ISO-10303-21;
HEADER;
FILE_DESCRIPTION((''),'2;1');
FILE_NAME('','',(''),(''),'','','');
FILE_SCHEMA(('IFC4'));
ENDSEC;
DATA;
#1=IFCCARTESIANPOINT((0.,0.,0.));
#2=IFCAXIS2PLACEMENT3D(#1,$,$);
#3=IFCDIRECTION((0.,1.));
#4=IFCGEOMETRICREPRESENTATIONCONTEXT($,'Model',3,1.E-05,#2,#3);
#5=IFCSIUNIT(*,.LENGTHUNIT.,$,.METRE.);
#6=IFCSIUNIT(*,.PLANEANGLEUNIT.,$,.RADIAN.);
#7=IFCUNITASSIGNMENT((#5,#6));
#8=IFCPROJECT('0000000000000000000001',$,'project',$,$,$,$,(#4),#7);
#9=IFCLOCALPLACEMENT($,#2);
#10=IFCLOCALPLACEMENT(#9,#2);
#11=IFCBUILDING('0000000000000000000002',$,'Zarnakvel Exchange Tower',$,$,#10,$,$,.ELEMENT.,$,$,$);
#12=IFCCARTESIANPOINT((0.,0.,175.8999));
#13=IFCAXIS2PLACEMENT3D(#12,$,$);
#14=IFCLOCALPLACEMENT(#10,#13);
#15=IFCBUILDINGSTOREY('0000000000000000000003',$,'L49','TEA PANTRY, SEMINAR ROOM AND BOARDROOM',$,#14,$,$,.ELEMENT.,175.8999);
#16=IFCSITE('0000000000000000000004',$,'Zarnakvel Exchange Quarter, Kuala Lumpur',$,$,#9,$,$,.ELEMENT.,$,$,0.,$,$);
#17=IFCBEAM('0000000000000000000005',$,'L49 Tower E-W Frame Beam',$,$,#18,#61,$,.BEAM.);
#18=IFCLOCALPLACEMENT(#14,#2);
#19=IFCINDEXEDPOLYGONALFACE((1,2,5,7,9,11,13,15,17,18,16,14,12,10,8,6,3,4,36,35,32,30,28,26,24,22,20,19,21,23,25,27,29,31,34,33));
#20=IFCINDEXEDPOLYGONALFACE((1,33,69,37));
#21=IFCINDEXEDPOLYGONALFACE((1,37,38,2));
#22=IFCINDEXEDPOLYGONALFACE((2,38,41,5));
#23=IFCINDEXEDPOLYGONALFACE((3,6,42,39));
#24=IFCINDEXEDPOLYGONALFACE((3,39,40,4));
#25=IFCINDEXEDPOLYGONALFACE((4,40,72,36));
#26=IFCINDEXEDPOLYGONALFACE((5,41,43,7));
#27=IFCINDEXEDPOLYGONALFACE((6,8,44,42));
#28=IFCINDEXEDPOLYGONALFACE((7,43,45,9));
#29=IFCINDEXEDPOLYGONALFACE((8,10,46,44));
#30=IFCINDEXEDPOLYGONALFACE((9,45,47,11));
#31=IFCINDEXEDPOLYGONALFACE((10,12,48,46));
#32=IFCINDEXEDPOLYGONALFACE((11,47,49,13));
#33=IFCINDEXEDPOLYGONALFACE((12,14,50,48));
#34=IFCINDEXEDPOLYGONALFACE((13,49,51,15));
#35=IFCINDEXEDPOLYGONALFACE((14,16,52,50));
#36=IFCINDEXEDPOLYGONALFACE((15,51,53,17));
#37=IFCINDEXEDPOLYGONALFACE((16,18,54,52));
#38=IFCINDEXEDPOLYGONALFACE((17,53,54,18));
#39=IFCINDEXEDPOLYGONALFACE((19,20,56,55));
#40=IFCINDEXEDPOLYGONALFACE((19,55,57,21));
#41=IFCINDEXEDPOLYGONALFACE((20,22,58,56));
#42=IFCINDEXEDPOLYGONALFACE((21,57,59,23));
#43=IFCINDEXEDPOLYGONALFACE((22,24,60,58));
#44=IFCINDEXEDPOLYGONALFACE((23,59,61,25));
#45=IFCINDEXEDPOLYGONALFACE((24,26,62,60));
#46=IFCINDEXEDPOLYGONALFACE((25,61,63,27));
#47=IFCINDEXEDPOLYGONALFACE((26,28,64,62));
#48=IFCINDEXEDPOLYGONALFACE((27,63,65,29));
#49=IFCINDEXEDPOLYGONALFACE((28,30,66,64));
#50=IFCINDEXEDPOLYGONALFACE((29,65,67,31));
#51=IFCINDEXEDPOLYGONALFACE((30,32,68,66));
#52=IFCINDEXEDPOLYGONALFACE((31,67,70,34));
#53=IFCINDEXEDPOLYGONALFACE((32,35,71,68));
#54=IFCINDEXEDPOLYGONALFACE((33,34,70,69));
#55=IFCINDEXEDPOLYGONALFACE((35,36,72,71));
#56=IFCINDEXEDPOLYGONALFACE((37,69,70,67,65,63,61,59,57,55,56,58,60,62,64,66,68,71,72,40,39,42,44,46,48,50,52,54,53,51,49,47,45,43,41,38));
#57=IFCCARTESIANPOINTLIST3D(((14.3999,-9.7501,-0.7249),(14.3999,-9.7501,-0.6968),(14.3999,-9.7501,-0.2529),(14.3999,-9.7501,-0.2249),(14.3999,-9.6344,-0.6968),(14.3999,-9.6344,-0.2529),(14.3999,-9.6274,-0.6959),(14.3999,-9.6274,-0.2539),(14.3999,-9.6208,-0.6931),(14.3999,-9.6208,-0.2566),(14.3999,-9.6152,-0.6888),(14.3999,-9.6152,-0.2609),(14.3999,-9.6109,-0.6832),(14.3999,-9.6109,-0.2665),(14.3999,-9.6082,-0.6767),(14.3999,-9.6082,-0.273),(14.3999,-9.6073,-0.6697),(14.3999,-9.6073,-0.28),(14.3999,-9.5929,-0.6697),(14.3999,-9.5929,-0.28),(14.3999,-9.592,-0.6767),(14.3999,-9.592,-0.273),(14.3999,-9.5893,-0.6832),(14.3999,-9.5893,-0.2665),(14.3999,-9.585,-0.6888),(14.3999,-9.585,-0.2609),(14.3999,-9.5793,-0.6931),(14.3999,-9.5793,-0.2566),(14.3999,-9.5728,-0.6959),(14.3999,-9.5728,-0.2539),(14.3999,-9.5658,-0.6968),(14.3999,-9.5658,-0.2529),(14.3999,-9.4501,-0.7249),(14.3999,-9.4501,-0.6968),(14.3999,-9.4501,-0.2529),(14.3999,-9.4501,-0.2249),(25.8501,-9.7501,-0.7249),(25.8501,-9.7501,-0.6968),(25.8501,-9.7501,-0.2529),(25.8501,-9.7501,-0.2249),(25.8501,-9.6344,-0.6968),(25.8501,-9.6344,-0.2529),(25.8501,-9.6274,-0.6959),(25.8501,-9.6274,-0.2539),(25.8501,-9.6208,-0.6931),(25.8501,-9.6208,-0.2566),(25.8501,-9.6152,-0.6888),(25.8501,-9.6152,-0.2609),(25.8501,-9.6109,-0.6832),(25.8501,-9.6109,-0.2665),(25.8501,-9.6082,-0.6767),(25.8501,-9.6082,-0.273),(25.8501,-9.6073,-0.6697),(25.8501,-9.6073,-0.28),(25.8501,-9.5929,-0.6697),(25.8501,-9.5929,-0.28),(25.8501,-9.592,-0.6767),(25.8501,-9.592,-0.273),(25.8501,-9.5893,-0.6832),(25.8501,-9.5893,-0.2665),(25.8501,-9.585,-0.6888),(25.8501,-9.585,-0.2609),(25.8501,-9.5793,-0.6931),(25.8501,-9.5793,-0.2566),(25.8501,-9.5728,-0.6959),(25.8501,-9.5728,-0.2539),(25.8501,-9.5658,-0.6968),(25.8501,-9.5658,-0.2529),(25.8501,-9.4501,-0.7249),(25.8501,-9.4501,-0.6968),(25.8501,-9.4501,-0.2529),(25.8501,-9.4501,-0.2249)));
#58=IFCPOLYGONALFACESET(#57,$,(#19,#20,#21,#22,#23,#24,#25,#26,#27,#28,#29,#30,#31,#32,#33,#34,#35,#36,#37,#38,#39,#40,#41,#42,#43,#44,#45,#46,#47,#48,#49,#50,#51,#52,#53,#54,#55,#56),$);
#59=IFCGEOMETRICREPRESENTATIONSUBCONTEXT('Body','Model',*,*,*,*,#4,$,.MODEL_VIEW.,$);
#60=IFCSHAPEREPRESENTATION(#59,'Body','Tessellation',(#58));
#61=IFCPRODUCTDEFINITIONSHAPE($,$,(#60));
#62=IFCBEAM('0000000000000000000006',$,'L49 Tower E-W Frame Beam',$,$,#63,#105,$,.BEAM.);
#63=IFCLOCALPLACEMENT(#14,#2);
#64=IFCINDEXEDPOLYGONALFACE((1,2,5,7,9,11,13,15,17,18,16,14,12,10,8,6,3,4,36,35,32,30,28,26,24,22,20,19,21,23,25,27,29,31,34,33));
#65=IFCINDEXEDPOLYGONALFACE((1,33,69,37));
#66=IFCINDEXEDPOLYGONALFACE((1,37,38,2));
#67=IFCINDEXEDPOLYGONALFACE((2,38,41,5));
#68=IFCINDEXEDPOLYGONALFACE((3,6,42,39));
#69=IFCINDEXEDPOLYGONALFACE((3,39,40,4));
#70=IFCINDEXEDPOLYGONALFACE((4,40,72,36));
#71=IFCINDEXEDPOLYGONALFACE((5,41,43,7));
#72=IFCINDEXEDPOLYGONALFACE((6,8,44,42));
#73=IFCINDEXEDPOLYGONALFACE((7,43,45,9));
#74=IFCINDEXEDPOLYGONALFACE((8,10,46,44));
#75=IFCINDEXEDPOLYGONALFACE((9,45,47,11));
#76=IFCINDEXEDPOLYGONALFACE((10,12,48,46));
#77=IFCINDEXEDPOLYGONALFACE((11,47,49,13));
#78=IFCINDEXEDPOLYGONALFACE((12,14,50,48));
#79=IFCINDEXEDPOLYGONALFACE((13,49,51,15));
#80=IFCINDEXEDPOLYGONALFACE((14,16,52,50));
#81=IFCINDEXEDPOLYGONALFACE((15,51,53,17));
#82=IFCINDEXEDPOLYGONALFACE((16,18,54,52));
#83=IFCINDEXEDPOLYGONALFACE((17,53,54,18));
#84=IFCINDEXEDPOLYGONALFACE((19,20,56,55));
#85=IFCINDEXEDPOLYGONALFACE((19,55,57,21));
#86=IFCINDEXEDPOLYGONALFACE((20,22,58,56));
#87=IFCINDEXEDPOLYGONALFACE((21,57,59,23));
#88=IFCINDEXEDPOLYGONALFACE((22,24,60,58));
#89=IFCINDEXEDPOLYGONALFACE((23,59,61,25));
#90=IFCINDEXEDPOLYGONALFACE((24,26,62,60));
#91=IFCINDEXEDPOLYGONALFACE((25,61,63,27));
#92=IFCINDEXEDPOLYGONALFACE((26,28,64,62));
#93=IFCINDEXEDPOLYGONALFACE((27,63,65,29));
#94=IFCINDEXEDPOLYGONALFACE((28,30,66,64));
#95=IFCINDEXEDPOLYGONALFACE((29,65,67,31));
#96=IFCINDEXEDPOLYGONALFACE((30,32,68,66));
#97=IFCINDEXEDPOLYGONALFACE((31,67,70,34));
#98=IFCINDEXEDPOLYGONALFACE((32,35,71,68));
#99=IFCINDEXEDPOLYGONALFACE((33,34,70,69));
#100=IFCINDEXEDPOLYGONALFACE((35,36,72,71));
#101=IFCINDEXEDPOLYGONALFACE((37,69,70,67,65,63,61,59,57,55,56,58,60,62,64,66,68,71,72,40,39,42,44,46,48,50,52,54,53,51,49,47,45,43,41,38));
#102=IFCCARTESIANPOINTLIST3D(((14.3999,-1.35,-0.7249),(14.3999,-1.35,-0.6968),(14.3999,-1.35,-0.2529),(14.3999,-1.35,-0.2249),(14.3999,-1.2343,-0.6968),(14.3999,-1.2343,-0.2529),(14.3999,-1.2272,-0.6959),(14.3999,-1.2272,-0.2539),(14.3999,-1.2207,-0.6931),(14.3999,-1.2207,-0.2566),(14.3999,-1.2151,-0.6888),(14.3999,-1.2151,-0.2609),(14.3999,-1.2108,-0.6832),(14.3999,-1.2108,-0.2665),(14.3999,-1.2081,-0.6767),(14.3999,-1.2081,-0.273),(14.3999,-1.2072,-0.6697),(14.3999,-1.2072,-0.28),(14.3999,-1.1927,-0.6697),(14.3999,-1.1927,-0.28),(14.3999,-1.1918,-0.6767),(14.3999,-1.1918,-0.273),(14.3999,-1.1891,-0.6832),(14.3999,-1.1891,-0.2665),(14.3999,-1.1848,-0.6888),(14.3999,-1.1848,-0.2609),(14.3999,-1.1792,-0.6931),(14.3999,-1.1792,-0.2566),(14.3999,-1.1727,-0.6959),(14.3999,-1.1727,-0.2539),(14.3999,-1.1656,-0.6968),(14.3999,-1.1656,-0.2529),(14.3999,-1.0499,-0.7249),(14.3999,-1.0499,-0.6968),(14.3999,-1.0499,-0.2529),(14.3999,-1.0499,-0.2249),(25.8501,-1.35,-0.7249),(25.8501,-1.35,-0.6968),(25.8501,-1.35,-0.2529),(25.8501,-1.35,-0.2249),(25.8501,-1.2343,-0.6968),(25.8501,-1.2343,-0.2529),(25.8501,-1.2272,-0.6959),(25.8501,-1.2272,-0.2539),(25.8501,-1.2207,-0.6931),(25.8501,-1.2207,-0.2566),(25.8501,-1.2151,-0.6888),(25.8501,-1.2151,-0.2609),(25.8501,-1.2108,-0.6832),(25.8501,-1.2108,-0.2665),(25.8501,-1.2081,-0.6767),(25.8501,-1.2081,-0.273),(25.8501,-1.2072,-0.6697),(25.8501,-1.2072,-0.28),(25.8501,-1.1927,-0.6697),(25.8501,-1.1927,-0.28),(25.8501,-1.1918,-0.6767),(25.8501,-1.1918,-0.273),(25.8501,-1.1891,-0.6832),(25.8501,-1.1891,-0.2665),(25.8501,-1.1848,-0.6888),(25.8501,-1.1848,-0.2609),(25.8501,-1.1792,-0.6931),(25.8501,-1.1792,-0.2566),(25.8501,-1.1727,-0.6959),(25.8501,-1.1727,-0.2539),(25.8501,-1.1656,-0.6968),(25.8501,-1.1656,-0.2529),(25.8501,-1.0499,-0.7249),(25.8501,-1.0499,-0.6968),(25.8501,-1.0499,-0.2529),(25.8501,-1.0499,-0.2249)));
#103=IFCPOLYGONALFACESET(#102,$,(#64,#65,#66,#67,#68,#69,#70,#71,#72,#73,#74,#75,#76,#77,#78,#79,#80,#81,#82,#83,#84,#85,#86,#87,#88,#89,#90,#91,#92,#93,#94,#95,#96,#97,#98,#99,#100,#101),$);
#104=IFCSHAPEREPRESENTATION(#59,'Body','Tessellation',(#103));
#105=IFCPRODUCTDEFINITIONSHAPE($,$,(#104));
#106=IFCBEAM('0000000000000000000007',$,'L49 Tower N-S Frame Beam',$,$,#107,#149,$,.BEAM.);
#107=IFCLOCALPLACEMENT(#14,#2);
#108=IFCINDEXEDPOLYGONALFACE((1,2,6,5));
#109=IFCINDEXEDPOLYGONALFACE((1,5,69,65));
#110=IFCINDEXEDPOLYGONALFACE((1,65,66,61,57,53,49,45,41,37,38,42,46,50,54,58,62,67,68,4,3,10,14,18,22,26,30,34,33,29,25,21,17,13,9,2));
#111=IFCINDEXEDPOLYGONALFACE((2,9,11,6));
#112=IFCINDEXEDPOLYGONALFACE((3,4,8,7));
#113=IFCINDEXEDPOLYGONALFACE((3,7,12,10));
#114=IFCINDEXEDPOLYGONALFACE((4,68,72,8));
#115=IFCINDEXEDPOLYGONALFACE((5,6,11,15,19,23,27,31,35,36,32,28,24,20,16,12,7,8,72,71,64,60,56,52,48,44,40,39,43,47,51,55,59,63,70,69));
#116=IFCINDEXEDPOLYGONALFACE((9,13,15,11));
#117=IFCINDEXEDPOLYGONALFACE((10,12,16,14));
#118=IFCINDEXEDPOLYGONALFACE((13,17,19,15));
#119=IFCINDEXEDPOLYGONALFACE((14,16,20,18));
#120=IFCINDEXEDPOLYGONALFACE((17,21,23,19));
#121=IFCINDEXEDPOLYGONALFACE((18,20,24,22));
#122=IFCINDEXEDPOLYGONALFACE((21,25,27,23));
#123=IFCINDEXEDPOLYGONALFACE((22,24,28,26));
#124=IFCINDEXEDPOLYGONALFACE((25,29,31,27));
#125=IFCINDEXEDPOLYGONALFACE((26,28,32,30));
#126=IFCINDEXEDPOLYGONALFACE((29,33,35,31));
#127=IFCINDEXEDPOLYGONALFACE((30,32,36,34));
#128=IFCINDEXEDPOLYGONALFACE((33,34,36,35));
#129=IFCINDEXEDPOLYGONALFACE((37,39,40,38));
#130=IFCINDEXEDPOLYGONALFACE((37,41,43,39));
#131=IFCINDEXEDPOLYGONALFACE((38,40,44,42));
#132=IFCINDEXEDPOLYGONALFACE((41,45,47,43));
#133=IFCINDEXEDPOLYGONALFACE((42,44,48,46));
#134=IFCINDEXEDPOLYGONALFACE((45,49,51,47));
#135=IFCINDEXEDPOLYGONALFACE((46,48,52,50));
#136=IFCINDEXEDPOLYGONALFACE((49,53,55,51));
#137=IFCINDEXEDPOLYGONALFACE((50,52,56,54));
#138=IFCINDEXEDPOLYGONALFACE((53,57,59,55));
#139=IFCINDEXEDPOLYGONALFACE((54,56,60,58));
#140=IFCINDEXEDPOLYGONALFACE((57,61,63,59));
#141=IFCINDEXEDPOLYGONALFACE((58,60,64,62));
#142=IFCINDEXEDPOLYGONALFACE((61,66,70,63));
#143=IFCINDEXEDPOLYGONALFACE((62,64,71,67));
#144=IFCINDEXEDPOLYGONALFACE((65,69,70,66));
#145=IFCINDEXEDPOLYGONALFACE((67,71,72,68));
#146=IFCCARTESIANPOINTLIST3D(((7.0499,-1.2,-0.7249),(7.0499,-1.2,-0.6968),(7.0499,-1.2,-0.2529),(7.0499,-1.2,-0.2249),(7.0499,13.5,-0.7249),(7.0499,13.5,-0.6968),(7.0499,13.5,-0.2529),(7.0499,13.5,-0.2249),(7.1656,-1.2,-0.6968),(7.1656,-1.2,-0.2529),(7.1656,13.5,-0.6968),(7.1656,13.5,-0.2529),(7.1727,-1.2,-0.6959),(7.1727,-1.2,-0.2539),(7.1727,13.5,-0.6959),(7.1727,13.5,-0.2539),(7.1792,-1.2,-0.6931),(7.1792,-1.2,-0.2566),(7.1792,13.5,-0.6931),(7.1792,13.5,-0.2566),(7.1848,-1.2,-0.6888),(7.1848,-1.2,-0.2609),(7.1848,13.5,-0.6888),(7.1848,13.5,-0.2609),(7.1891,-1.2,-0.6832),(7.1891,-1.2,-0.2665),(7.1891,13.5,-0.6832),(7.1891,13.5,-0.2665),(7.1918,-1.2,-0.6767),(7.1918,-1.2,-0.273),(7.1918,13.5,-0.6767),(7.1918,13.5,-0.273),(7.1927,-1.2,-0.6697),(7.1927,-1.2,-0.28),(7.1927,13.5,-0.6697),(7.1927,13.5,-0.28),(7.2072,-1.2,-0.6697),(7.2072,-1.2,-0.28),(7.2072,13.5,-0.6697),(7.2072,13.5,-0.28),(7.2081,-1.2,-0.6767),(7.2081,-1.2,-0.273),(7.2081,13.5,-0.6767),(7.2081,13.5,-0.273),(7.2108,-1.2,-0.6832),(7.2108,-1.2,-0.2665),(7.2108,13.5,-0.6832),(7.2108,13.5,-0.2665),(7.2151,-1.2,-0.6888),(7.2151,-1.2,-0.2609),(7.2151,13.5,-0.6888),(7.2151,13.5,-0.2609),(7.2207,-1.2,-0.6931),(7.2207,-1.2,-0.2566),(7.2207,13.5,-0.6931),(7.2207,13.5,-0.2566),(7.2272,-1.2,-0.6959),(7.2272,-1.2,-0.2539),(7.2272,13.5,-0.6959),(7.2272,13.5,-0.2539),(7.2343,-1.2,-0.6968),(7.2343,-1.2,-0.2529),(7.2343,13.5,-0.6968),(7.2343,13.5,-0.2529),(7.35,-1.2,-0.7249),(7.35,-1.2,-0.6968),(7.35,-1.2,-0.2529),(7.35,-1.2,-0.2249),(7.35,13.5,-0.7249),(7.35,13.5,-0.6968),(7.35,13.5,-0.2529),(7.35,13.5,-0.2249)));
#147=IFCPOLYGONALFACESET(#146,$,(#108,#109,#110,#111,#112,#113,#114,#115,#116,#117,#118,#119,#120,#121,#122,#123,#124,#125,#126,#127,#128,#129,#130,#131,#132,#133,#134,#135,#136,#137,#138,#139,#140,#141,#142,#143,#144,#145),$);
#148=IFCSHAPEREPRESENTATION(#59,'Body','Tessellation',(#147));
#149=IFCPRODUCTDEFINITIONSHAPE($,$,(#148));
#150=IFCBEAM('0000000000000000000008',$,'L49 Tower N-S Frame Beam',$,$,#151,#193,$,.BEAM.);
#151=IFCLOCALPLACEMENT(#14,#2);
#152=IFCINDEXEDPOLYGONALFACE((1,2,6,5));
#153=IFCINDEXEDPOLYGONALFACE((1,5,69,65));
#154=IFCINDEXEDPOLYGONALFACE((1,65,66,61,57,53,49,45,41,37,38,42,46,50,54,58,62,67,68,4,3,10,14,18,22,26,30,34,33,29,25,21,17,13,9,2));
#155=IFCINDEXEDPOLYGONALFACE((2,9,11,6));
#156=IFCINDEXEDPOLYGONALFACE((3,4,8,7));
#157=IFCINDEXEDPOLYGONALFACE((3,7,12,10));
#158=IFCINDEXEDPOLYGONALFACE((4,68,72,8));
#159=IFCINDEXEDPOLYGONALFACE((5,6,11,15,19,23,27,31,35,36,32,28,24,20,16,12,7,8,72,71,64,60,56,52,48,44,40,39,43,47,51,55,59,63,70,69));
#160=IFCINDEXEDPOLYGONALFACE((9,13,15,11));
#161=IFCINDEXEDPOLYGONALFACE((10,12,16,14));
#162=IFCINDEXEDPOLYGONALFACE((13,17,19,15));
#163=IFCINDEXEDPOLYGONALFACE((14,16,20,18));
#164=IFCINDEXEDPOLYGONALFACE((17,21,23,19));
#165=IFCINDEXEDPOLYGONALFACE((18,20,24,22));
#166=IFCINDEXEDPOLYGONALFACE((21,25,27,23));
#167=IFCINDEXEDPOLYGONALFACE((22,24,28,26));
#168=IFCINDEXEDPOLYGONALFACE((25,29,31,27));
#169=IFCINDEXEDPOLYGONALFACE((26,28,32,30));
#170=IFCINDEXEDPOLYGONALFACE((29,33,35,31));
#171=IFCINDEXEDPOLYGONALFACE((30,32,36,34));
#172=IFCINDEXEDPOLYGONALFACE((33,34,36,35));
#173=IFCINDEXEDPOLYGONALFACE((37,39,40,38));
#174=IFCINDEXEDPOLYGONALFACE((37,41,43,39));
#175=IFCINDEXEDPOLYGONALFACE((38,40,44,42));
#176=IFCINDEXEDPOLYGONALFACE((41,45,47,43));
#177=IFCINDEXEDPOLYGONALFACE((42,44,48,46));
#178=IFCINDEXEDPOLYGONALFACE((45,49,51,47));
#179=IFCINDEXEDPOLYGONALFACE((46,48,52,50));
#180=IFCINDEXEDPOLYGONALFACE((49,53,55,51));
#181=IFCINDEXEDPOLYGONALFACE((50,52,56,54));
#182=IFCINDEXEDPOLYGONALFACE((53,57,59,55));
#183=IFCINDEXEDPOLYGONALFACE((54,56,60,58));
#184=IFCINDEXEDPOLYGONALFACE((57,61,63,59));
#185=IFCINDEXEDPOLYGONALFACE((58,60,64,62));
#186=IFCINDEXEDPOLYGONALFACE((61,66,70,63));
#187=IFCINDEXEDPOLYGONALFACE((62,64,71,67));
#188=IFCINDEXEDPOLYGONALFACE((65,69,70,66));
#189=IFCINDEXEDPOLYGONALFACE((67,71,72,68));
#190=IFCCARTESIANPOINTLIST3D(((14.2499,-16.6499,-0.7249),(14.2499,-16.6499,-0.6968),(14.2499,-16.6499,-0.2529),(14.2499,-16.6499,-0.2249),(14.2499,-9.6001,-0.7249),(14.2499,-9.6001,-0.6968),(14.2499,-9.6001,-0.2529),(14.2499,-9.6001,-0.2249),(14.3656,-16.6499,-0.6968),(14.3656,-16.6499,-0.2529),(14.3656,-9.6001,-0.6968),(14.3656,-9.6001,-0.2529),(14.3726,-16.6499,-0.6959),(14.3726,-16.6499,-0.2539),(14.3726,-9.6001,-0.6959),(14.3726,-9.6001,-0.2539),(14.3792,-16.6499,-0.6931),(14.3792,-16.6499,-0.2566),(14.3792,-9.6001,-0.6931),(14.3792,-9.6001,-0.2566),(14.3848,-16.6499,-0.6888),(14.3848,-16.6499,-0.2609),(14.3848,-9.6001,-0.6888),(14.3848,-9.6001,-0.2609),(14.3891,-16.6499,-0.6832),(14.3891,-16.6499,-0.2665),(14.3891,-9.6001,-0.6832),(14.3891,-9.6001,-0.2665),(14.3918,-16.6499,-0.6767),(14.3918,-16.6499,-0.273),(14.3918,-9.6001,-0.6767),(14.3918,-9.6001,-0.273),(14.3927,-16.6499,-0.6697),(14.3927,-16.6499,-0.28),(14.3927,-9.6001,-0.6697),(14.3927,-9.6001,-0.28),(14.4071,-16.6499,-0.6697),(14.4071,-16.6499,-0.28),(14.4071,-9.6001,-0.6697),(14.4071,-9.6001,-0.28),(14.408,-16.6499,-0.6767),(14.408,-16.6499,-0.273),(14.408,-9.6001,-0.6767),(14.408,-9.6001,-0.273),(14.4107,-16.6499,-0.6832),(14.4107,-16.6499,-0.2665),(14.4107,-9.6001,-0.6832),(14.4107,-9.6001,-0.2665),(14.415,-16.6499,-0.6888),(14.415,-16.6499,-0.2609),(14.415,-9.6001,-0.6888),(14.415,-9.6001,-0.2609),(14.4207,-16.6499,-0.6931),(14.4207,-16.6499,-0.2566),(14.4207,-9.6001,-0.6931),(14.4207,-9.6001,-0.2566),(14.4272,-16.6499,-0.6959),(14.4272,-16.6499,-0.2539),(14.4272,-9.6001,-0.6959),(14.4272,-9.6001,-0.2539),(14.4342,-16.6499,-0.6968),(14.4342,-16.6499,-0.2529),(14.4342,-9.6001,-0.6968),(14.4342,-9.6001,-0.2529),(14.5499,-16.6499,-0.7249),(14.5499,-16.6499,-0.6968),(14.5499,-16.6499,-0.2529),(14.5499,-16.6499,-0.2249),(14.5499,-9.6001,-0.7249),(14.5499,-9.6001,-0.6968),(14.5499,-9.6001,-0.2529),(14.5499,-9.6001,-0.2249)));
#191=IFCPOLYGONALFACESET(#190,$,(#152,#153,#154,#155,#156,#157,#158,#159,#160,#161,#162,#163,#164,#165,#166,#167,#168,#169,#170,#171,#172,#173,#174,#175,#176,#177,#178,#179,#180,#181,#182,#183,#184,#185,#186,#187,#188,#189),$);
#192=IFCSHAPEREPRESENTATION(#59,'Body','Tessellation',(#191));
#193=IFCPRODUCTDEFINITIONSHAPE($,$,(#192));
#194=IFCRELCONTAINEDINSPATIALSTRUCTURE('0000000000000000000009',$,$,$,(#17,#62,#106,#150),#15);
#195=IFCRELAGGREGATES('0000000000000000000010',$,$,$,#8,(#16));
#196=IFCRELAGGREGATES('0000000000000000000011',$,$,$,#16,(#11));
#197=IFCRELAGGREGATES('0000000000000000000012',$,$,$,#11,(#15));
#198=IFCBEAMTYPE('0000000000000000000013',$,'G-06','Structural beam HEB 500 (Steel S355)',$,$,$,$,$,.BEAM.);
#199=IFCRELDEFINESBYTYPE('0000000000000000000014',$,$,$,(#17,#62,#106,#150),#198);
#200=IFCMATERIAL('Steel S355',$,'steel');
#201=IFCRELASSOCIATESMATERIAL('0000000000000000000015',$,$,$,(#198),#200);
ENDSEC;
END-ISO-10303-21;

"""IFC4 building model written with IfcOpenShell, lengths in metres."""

from ifc_helpers import new_model, si_unit, direction, frame, origin, origin_2d, place, context, subcontext, project, spatial, i_section, extrude, material, material_profile, profile_set, type_object, element, save


model = new_model("IFC4")

# Units and contexts
model_context = context("Model", 3, precision=1e-05, world=origin(), true_north=direction((0.0, 1.0)))
body_context = subcontext(model_context, "Body", "Model", "MODEL_VIEW")
ifc_project = project(units=[si_unit("LENGTHUNIT", "METRE"), si_unit("PLANEANGLEUNIT", "RADIAN")], contexts=[model_context])

# Site, building, storey
site_placement = place(None, origin())
site = spatial("IfcSite", under=ifc_project, at=site_placement, Name="Zarnakvel Exchange Quarter, Kuala Lumpur", CompositionType="ELEMENT", RefElevation=0.0)
building_placement = place(site_placement, origin())
building = spatial("IfcBuilding", under=site, at=building_placement, Name="Zarnakvel Exchange Tower", CompositionType="ELEMENT")
storey_placement = place(building_placement, frame((0.0, 0.0, 175.8999)))
storey = spatial("IfcBuildingStorey", under=building, at=storey_placement, Name="L49", Description="TEA PANTRY, SEMINAR ROOM AND BOARDROOM", CompositionType="ELEMENT", Elevation=175.8999)

# Beams
ifc_material_1 = material(Name="Steel S355", Category="steel")
ifc_material_profile_1 = material_profile(ifc_material_1, i_section(OverallWidth=0.3, OverallDepth=0.5, WebThickness=0.0144, FlangeThickness=0.0281, FilletRadius=0.0271, at=origin_2d()))
ifc_profile_set_1 = profile_set([ifc_material_profile_1], Name="Steel S355")
beam_type_1 = type_object("IfcBeamType", Name="G-06", Description="Structural beam HEB 500 (Steel S355)", PredefinedType="BEAM", material=ifc_profile_set_1)
for number, where, z_axis, x_axis, name in (
    (1, (14.3999, -9.6001, -0.4749), (1.0, 0.0, 0.0), (0.0, 1.0, 0.0), "L49 Tower E-W Frame Beam"),
    (2, (14.3999, -1.2, -0.4749), (1.0, 0.0, 0.0), (0.0, 1.0, 0.0), "L49 Tower E-W Frame Beam"),
):
    element("IfcBeam", number, at=place(storey_placement, frame(where, z_axis=z_axis, x_axis=x_axis)), inside=storey, type_object=beam_type_1, Name=name, PredefinedType="BEAM", context=body_context, shape_type="SweptSolid", body=[
        extrude(i_section(OverallWidth=0.3, OverallDepth=0.5, WebThickness=0.0144, FlangeThickness=0.0281, FilletRadius=0.0271, at=origin_2d()), origin(), (0.0, 0.0, 1.0), 11.4502),
    ])
beam_1_placement = place(storey_placement, frame((7.2, -1.2, -0.4749), z_axis=(0.0, 1.0, 0.0), x_axis=(-1.0, 0.0, 0.0)))
element("IfcBeam", 3, at=beam_1_placement, inside=storey, type_object=beam_type_1, Name="L49 Tower N-S Frame Beam", PredefinedType="BEAM", context=body_context, shape_type="SweptSolid", body=[
    extrude(i_section(OverallWidth=0.3, OverallDepth=0.5, WebThickness=0.0144, FlangeThickness=0.0281, FilletRadius=0.0271, at=origin_2d()), origin(), (0.0, 0.0, 1.0), 14.7),
])
beam_2_placement = place(storey_placement, frame((14.3999, -16.6499, -0.4749), z_axis=(0.0, 1.0, 0.0), x_axis=(-1.0, 0.0, 0.0)))
element("IfcBeam", 4, at=beam_2_placement, inside=storey, type_object=beam_type_1, Name="L49 Tower N-S Frame Beam", PredefinedType="BEAM", context=body_context, shape_type="SweptSolid", body=[
    extrude(i_section(OverallWidth=0.3, OverallDepth=0.5, WebThickness=0.0144, FlangeThickness=0.0281, FilletRadius=0.0271, at=origin_2d()), origin(), (0.0, 0.0, 1.0), 7.0498),
])

save(model, "model.ifc")
